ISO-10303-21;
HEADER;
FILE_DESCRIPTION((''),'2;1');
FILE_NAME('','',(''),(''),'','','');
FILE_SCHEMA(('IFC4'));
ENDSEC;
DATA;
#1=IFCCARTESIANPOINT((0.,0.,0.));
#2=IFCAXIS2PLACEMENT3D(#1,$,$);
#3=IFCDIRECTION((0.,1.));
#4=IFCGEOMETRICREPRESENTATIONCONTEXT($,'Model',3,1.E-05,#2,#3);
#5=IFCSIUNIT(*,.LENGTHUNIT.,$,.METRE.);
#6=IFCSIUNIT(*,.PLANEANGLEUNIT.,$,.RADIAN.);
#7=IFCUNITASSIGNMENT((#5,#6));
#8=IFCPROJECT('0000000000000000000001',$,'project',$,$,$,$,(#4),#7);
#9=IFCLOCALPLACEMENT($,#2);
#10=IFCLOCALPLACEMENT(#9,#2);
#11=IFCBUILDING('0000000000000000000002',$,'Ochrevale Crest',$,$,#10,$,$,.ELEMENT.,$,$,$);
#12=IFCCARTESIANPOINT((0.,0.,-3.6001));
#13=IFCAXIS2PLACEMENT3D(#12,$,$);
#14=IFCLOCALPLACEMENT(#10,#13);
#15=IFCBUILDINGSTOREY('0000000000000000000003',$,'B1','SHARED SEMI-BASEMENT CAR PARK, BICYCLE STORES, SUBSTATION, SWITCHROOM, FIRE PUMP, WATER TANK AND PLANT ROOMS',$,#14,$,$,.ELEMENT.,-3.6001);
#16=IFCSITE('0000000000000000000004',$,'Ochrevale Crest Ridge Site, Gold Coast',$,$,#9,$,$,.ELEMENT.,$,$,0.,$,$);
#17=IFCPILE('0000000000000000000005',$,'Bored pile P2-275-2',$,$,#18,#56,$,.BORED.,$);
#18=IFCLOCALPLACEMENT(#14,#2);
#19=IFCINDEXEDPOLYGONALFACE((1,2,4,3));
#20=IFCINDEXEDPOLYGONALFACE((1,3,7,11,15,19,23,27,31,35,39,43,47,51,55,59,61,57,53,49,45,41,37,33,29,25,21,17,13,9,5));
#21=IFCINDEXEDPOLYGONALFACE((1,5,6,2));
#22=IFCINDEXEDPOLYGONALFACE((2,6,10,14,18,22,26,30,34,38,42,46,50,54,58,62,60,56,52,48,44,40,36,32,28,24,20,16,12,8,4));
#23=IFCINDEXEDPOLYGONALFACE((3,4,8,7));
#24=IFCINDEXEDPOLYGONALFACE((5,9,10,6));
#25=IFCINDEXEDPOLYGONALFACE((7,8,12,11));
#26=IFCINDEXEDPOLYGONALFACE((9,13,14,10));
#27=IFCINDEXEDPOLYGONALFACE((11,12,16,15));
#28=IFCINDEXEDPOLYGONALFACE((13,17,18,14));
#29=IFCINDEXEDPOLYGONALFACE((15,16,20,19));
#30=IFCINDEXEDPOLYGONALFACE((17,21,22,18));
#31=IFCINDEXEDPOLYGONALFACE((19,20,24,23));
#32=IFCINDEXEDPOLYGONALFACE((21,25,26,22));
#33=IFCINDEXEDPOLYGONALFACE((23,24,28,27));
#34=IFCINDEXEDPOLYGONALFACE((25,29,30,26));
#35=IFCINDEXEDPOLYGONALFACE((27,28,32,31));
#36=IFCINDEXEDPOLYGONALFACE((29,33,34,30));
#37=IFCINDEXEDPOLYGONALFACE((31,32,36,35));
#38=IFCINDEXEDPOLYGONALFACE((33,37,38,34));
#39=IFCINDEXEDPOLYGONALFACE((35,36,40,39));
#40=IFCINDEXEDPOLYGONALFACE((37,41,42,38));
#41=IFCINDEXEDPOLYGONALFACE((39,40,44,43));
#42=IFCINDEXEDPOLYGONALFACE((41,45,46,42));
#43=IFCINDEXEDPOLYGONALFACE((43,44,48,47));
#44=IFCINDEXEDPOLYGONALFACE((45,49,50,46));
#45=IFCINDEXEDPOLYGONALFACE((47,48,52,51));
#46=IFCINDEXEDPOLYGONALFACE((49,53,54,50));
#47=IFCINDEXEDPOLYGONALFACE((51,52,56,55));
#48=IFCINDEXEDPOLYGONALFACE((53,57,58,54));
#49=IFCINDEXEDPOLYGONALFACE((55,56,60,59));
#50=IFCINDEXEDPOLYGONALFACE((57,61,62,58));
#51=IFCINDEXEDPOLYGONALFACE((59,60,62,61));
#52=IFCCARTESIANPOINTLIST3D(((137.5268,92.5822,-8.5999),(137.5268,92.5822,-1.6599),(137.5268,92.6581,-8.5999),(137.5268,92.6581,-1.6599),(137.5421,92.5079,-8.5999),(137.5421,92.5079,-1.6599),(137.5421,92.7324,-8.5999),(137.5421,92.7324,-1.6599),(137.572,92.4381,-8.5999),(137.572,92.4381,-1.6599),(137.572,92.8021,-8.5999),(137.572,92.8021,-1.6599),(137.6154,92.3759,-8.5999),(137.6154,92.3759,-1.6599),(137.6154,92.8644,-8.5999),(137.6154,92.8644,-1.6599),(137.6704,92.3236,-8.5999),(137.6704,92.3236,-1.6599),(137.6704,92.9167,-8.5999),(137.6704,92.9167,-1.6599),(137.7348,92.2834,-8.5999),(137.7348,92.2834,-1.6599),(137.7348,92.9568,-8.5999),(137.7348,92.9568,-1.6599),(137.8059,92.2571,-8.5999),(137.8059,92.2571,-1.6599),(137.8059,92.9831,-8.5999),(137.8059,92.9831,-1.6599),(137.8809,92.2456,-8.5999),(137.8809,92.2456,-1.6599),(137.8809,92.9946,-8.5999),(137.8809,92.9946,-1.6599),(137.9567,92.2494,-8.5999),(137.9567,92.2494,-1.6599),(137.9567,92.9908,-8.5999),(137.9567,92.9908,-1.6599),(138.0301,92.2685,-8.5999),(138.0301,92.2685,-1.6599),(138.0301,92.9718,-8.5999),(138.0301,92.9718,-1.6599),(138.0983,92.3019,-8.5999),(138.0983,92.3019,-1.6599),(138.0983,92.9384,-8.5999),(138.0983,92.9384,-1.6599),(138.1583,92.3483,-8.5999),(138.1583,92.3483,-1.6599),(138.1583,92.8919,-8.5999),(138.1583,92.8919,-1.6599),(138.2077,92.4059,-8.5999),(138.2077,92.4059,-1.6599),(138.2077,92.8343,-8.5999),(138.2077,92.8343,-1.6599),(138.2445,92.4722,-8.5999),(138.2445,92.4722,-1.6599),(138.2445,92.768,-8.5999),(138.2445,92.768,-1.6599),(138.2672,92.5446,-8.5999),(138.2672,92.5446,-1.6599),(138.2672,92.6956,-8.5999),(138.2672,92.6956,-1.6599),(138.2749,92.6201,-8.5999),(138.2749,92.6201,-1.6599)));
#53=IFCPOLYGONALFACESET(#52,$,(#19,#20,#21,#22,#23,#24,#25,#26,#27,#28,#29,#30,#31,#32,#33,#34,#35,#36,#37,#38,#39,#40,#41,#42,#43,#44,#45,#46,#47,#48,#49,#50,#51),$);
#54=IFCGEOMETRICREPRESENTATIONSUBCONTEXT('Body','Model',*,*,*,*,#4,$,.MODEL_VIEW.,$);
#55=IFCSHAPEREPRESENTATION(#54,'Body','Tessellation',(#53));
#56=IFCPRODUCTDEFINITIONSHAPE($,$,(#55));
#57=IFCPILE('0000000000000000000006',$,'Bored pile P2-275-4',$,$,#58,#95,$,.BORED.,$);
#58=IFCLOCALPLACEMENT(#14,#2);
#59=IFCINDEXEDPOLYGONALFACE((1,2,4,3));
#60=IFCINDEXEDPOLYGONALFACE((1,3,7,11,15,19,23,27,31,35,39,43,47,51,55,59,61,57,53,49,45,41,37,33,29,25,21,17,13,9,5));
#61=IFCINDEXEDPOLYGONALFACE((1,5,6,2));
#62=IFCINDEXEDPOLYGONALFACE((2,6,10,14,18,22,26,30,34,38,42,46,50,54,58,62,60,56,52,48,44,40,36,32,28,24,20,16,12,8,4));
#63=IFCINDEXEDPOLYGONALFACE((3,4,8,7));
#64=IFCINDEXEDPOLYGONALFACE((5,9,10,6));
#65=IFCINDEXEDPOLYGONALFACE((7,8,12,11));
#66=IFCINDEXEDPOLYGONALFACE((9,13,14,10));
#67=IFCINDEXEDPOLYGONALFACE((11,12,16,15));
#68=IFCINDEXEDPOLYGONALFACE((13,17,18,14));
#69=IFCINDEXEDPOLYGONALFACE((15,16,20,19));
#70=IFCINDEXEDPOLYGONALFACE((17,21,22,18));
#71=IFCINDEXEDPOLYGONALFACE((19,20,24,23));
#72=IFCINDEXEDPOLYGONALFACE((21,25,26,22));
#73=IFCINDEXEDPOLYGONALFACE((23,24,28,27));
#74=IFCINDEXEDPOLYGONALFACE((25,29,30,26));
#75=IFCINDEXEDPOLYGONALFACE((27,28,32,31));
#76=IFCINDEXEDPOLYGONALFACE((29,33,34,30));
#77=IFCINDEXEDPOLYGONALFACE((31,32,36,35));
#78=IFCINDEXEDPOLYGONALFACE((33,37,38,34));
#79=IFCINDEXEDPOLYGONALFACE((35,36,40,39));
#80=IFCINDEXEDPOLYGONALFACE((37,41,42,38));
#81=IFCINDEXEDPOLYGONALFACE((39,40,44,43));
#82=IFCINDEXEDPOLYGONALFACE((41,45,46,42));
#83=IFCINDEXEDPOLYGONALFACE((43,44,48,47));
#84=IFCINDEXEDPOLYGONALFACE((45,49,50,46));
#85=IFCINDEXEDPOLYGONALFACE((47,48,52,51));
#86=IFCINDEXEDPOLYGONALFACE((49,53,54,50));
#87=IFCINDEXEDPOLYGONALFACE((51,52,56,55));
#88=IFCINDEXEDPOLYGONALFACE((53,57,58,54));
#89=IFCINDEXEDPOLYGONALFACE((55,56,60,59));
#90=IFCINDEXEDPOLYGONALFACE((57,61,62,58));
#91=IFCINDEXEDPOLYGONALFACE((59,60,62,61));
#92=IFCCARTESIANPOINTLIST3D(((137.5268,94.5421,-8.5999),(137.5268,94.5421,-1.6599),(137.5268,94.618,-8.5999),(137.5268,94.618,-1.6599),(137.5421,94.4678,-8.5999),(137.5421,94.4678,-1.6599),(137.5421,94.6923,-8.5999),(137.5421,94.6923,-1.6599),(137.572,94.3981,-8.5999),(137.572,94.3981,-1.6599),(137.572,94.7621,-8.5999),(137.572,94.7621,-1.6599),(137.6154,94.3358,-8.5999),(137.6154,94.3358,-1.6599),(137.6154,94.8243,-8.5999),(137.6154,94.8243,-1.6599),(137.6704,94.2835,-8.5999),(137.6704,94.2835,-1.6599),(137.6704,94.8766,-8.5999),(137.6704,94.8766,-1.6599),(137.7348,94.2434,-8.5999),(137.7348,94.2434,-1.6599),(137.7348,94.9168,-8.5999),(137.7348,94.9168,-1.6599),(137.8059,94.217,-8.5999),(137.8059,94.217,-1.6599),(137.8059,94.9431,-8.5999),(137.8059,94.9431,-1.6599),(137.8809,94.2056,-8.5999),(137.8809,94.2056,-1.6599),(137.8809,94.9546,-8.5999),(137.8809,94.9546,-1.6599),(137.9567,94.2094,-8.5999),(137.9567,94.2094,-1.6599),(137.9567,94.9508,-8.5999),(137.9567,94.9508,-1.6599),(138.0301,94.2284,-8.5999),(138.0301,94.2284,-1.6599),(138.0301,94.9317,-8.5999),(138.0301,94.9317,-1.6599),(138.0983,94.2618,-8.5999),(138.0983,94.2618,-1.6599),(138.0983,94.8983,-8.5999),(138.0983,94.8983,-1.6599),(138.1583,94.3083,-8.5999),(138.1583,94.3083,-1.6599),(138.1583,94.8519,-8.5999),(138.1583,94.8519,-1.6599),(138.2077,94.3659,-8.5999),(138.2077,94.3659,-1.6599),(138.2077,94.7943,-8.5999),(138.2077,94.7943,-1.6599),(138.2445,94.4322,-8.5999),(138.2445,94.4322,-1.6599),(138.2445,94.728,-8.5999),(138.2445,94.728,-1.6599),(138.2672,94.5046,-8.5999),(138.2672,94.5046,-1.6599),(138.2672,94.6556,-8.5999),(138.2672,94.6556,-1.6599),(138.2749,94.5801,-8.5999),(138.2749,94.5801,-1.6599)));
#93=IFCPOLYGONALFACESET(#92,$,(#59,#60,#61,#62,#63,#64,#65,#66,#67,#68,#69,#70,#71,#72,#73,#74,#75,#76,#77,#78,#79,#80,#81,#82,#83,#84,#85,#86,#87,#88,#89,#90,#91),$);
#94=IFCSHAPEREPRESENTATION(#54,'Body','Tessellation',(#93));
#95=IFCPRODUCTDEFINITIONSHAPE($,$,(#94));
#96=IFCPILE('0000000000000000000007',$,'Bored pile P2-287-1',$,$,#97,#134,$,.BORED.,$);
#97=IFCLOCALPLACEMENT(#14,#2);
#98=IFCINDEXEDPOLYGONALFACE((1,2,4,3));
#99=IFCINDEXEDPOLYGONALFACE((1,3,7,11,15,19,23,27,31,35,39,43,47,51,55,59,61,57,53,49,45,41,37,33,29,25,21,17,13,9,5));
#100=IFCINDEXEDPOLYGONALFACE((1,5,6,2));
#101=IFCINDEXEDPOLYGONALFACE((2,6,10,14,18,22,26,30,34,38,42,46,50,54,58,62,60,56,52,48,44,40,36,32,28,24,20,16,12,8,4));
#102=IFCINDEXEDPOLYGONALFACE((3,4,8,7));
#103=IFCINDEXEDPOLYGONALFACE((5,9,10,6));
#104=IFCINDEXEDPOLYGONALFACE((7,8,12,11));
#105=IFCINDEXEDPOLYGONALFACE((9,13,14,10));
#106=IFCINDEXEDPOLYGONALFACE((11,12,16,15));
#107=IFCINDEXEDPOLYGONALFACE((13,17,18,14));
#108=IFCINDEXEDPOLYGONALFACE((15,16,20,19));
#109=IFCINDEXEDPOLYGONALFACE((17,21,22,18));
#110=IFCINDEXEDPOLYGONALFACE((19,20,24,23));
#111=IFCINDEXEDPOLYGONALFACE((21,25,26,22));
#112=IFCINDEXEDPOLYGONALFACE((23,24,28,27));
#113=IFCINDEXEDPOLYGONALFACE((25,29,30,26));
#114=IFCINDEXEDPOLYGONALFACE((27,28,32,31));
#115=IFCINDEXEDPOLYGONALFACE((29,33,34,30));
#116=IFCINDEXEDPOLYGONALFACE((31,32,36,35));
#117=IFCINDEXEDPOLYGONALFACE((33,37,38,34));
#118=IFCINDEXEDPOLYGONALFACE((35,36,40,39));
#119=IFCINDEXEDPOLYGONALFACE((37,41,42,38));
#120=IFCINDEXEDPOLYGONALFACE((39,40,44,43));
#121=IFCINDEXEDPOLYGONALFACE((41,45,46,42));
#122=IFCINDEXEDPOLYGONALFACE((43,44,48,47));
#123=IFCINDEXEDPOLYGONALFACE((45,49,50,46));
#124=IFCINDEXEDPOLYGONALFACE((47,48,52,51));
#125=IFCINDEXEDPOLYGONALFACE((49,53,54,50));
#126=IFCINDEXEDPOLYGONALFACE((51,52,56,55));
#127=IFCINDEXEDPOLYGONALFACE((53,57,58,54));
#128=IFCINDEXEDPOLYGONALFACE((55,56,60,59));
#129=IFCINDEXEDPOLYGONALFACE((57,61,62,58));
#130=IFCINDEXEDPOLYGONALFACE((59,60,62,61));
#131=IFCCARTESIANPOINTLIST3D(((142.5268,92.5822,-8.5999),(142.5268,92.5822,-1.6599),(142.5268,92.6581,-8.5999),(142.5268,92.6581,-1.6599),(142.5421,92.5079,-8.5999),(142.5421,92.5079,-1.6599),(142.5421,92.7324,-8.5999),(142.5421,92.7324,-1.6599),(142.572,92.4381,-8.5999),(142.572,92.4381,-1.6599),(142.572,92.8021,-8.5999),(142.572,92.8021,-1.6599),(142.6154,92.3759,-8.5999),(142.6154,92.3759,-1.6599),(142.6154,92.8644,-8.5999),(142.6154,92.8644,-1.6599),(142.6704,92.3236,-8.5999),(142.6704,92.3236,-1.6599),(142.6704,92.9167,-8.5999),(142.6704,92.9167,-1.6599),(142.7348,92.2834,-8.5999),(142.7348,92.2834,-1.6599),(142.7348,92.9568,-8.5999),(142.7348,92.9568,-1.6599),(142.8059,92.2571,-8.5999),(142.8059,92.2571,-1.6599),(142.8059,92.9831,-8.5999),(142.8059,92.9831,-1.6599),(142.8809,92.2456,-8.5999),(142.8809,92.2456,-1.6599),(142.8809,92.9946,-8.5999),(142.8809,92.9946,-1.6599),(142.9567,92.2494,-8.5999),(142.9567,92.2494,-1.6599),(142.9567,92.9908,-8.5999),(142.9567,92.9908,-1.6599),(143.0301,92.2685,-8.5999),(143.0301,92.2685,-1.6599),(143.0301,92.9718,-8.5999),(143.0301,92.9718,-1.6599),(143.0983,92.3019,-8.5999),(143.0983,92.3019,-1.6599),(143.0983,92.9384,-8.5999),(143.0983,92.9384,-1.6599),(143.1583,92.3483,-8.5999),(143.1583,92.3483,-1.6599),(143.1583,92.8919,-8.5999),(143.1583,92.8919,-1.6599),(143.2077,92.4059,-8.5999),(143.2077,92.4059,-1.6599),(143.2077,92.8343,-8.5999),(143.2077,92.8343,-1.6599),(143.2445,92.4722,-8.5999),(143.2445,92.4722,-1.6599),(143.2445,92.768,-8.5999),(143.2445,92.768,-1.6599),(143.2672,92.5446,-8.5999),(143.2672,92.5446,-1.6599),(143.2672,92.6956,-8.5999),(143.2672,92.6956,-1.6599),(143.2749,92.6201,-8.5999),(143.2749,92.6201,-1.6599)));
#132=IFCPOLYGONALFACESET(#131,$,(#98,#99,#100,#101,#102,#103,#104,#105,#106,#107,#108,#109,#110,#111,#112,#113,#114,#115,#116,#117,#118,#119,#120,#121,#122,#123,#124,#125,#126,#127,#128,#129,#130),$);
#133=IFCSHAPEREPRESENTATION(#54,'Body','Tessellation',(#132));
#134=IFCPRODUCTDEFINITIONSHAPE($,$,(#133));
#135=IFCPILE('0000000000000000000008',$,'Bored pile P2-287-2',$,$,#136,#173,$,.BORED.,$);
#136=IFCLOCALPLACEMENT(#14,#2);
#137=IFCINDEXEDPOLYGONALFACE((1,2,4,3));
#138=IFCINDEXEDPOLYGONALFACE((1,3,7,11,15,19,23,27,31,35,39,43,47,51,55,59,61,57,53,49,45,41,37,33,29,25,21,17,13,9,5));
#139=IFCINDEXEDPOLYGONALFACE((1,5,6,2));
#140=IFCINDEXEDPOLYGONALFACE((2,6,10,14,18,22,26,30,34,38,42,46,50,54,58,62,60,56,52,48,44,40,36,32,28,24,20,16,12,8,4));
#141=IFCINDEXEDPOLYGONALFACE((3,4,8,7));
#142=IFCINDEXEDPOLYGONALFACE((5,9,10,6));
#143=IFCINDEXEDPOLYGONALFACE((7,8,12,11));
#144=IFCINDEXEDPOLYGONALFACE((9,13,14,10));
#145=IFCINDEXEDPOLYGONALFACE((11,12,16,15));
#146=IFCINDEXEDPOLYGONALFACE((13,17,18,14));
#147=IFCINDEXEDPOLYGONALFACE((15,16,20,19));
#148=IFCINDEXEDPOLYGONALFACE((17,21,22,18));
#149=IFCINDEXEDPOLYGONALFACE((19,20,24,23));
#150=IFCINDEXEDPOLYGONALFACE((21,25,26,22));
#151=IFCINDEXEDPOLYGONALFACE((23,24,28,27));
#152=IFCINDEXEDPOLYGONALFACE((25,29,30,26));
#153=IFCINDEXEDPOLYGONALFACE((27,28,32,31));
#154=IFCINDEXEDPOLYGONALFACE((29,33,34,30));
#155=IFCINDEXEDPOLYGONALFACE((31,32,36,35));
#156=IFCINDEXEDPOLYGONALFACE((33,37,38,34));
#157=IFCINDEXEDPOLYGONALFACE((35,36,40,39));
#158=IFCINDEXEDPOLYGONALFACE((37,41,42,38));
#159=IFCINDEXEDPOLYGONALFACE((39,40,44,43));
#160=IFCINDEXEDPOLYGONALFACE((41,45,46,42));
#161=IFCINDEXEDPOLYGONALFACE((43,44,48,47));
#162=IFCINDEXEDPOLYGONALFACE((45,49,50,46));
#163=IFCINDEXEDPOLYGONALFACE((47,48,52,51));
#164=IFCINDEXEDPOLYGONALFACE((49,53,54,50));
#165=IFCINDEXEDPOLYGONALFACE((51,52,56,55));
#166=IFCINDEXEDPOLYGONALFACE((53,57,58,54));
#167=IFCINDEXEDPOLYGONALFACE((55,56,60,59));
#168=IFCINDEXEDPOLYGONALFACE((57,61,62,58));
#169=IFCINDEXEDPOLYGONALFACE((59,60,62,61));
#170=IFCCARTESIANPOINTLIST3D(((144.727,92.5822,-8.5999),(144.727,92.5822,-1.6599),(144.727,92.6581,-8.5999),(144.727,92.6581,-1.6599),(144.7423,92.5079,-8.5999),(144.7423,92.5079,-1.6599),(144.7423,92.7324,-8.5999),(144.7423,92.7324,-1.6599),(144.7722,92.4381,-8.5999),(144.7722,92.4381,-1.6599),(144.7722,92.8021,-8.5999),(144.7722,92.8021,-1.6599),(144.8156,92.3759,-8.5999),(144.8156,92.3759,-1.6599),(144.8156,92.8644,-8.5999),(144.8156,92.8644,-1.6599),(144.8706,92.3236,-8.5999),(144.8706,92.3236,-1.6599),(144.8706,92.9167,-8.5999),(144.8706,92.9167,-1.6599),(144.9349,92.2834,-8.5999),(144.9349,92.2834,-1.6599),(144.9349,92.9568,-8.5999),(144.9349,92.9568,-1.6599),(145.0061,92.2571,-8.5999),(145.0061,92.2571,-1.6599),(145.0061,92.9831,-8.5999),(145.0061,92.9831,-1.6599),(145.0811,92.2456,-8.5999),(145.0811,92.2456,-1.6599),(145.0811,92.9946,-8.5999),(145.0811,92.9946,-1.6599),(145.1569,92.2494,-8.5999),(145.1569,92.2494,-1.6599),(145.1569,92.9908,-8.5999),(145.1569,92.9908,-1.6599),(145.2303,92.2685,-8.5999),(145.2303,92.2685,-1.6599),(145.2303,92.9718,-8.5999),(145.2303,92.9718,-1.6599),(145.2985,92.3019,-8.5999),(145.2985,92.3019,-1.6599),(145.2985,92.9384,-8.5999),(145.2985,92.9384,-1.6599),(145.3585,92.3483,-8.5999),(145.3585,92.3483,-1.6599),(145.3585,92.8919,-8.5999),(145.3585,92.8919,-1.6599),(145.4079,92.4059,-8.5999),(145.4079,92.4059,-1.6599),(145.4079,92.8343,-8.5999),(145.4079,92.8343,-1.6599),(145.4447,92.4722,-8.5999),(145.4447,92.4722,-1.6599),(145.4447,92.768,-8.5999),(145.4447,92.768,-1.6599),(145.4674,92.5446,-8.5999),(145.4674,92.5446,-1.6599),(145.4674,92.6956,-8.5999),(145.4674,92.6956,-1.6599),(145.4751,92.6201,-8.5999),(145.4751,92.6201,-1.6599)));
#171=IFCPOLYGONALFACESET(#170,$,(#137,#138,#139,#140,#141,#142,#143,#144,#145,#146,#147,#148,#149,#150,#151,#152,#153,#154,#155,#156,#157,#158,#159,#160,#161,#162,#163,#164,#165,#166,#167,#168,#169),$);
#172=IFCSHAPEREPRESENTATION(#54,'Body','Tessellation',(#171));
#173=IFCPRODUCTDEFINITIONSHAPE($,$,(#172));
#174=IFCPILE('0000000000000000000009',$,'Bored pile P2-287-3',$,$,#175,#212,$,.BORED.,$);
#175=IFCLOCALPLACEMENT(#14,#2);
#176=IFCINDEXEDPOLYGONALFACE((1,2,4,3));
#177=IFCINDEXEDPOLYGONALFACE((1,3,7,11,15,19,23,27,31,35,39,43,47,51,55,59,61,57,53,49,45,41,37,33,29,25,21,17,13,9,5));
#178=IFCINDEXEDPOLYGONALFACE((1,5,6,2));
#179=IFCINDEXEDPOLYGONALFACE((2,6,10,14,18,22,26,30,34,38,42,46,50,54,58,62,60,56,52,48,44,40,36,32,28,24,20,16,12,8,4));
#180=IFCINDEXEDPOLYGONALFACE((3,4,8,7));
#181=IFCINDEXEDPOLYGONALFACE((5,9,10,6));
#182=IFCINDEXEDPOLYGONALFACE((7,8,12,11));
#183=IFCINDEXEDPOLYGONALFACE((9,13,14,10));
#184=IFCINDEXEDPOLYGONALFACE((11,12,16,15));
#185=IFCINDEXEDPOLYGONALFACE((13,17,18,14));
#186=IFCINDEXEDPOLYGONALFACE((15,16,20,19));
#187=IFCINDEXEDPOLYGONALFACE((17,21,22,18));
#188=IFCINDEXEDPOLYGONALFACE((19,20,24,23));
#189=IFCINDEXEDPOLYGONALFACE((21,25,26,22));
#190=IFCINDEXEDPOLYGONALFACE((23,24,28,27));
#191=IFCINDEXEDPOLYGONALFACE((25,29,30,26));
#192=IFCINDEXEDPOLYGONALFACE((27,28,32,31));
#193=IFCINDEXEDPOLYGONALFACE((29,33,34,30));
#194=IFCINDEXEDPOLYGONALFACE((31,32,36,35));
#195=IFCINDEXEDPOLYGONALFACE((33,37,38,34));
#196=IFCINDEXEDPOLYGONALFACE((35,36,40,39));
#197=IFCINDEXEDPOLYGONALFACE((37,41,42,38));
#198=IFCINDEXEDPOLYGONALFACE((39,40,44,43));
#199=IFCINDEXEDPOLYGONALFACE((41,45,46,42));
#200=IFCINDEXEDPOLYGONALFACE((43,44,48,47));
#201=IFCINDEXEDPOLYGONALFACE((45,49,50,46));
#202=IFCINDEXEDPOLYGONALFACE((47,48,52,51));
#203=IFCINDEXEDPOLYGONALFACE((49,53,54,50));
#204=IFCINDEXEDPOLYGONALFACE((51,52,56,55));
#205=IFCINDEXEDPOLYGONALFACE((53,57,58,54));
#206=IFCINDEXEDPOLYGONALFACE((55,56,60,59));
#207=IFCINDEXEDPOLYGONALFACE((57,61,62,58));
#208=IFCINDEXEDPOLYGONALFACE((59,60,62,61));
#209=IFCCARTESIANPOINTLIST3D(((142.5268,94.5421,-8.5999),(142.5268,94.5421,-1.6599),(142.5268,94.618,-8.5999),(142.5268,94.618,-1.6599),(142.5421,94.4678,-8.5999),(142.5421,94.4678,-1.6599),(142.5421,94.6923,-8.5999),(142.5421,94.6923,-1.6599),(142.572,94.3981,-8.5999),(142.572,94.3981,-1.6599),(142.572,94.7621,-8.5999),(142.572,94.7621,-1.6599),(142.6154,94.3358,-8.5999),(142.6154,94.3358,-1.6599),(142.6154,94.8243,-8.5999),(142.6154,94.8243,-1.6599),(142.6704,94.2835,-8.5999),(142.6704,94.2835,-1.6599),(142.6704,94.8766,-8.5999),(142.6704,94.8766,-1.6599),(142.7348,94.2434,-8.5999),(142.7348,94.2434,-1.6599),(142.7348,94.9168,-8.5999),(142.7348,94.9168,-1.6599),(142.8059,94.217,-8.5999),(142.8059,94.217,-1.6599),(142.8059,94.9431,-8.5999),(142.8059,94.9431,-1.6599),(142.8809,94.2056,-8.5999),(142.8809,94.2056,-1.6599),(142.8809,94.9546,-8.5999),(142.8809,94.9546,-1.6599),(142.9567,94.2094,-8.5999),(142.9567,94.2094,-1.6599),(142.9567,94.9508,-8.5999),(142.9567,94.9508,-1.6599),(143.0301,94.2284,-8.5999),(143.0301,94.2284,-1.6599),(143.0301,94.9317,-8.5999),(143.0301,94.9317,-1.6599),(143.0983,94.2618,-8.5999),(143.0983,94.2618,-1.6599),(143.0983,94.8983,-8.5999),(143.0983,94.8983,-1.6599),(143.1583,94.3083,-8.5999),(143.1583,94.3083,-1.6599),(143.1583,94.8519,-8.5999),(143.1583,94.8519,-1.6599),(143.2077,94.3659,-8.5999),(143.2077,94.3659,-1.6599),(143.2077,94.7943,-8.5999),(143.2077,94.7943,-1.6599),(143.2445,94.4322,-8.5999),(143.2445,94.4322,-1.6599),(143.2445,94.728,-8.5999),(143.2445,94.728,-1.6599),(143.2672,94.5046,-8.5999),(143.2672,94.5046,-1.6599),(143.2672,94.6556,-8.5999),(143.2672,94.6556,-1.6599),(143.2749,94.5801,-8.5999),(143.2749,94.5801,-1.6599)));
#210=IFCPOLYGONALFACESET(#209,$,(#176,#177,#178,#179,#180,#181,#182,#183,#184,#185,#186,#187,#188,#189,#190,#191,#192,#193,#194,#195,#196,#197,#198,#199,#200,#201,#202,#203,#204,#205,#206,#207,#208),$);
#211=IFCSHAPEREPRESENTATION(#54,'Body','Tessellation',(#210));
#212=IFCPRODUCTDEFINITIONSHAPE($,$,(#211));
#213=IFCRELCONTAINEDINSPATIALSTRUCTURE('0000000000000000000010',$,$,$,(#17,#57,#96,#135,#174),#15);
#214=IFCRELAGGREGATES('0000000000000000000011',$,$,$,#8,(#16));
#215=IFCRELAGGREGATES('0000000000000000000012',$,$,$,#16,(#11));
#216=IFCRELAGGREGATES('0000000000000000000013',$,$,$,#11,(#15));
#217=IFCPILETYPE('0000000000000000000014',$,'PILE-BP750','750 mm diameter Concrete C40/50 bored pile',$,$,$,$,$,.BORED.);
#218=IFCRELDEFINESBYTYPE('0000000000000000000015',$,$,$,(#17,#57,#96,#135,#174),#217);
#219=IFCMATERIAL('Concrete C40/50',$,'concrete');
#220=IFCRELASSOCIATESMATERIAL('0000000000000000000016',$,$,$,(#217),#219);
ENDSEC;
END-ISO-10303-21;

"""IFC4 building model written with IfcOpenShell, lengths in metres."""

from ifc_helpers import new_model, si_unit, direction, frame, origin, origin_2d, place, context, subcontext, project, spatial, circle, extrude, material, material_profile, profile_set, type_object, element, save


model = new_model("IFC4")

# Units and contexts
model_context = context("Model", 3, precision=1e-05, world=origin(), true_north=direction((0.0, 1.0)))
body_context = subcontext(model_context, "Body", "Model", "MODEL_VIEW")
ifc_project = project(units=[si_unit("LENGTHUNIT", "METRE"), si_unit("PLANEANGLEUNIT", "RADIAN")], contexts=[model_context])

# Site, building, storey
site_placement = place(None, origin())
site = spatial("IfcSite", under=ifc_project, at=site_placement, Name="Ochrevale Crest Ridge Site, Gold Coast", CompositionType="ELEMENT", RefElevation=0.0)
building_placement = place(site_placement, origin())
building = spatial("IfcBuilding", under=site, at=building_placement, Name="Ochrevale Crest", CompositionType="ELEMENT")
storey_placement = place(building_placement, frame((0.0, 0.0, -3.6001)))
storey = spatial("IfcBuildingStorey", under=building, at=storey_placement, Name="B1", Description="SHARED SEMI-BASEMENT CAR PARK, BICYCLE STORES, SUBSTATION, SWITCHROOM, FIRE PUMP, WATER TANK AND PLANT ROOMS", CompositionType="ELEMENT", Elevation=-3.6001)

# Shared definitions
ifc_material_1 = material(Name="Concrete C40/50", Category="concrete")

# Piles
ifc_material_profile_1 = material_profile(ifc_material_1, circle(Radius=0.375, at=origin_2d()), Name="BORED PILE 750")
ifc_profile_set_1 = profile_set([ifc_material_profile_1], Name="Concrete C40/50")
pile_type_1 = type_object("IfcPileType", Name="PILE-BP750", Description="750 mm diameter Concrete C40/50 bored pile", PredefinedType="BORED", material=ifc_profile_set_1)
for number, where, z_axis, x_axis, name in (
    (1, (137.8999, 92.6201, -1.6599), (0.0, 0.0, -1.0), (1.0, 0.0, 0.0), "Bored pile P2-275-2"),
    (2, (137.8999, 94.5801, -1.6599), (0.0, 0.0, -1.0), (1.0, 0.0, 0.0), "Bored pile P2-275-4"),
    (3, (142.8999, 92.6201, -1.6599), (0.0, 0.0, -1.0), (1.0, 0.0, 0.0), "Bored pile P2-287-1"),
    (4, (145.1001, 92.6201, -1.6599), (0.0, 0.0, -1.0), (1.0, 0.0, 0.0), "Bored pile P2-287-2"),
    (5, (142.8999, 94.5801, -1.6599), (0.0, 0.0, -1.0), (1.0, 0.0, 0.0), "Bored pile P2-287-3"),
):
    element("IfcPile", number, at=place(storey_placement, frame(where, z_axis=z_axis, x_axis=x_axis)), inside=storey, type_object=pile_type_1, Name=name, PredefinedType="BORED", context=body_context, shape_type="SweptSolid", body=[
        extrude(circle(Radius=0.375, at=origin_2d()), origin(), (0.0, 0.0, 1.0), 6.9399),
    ])

save(model, "model.ifc")
